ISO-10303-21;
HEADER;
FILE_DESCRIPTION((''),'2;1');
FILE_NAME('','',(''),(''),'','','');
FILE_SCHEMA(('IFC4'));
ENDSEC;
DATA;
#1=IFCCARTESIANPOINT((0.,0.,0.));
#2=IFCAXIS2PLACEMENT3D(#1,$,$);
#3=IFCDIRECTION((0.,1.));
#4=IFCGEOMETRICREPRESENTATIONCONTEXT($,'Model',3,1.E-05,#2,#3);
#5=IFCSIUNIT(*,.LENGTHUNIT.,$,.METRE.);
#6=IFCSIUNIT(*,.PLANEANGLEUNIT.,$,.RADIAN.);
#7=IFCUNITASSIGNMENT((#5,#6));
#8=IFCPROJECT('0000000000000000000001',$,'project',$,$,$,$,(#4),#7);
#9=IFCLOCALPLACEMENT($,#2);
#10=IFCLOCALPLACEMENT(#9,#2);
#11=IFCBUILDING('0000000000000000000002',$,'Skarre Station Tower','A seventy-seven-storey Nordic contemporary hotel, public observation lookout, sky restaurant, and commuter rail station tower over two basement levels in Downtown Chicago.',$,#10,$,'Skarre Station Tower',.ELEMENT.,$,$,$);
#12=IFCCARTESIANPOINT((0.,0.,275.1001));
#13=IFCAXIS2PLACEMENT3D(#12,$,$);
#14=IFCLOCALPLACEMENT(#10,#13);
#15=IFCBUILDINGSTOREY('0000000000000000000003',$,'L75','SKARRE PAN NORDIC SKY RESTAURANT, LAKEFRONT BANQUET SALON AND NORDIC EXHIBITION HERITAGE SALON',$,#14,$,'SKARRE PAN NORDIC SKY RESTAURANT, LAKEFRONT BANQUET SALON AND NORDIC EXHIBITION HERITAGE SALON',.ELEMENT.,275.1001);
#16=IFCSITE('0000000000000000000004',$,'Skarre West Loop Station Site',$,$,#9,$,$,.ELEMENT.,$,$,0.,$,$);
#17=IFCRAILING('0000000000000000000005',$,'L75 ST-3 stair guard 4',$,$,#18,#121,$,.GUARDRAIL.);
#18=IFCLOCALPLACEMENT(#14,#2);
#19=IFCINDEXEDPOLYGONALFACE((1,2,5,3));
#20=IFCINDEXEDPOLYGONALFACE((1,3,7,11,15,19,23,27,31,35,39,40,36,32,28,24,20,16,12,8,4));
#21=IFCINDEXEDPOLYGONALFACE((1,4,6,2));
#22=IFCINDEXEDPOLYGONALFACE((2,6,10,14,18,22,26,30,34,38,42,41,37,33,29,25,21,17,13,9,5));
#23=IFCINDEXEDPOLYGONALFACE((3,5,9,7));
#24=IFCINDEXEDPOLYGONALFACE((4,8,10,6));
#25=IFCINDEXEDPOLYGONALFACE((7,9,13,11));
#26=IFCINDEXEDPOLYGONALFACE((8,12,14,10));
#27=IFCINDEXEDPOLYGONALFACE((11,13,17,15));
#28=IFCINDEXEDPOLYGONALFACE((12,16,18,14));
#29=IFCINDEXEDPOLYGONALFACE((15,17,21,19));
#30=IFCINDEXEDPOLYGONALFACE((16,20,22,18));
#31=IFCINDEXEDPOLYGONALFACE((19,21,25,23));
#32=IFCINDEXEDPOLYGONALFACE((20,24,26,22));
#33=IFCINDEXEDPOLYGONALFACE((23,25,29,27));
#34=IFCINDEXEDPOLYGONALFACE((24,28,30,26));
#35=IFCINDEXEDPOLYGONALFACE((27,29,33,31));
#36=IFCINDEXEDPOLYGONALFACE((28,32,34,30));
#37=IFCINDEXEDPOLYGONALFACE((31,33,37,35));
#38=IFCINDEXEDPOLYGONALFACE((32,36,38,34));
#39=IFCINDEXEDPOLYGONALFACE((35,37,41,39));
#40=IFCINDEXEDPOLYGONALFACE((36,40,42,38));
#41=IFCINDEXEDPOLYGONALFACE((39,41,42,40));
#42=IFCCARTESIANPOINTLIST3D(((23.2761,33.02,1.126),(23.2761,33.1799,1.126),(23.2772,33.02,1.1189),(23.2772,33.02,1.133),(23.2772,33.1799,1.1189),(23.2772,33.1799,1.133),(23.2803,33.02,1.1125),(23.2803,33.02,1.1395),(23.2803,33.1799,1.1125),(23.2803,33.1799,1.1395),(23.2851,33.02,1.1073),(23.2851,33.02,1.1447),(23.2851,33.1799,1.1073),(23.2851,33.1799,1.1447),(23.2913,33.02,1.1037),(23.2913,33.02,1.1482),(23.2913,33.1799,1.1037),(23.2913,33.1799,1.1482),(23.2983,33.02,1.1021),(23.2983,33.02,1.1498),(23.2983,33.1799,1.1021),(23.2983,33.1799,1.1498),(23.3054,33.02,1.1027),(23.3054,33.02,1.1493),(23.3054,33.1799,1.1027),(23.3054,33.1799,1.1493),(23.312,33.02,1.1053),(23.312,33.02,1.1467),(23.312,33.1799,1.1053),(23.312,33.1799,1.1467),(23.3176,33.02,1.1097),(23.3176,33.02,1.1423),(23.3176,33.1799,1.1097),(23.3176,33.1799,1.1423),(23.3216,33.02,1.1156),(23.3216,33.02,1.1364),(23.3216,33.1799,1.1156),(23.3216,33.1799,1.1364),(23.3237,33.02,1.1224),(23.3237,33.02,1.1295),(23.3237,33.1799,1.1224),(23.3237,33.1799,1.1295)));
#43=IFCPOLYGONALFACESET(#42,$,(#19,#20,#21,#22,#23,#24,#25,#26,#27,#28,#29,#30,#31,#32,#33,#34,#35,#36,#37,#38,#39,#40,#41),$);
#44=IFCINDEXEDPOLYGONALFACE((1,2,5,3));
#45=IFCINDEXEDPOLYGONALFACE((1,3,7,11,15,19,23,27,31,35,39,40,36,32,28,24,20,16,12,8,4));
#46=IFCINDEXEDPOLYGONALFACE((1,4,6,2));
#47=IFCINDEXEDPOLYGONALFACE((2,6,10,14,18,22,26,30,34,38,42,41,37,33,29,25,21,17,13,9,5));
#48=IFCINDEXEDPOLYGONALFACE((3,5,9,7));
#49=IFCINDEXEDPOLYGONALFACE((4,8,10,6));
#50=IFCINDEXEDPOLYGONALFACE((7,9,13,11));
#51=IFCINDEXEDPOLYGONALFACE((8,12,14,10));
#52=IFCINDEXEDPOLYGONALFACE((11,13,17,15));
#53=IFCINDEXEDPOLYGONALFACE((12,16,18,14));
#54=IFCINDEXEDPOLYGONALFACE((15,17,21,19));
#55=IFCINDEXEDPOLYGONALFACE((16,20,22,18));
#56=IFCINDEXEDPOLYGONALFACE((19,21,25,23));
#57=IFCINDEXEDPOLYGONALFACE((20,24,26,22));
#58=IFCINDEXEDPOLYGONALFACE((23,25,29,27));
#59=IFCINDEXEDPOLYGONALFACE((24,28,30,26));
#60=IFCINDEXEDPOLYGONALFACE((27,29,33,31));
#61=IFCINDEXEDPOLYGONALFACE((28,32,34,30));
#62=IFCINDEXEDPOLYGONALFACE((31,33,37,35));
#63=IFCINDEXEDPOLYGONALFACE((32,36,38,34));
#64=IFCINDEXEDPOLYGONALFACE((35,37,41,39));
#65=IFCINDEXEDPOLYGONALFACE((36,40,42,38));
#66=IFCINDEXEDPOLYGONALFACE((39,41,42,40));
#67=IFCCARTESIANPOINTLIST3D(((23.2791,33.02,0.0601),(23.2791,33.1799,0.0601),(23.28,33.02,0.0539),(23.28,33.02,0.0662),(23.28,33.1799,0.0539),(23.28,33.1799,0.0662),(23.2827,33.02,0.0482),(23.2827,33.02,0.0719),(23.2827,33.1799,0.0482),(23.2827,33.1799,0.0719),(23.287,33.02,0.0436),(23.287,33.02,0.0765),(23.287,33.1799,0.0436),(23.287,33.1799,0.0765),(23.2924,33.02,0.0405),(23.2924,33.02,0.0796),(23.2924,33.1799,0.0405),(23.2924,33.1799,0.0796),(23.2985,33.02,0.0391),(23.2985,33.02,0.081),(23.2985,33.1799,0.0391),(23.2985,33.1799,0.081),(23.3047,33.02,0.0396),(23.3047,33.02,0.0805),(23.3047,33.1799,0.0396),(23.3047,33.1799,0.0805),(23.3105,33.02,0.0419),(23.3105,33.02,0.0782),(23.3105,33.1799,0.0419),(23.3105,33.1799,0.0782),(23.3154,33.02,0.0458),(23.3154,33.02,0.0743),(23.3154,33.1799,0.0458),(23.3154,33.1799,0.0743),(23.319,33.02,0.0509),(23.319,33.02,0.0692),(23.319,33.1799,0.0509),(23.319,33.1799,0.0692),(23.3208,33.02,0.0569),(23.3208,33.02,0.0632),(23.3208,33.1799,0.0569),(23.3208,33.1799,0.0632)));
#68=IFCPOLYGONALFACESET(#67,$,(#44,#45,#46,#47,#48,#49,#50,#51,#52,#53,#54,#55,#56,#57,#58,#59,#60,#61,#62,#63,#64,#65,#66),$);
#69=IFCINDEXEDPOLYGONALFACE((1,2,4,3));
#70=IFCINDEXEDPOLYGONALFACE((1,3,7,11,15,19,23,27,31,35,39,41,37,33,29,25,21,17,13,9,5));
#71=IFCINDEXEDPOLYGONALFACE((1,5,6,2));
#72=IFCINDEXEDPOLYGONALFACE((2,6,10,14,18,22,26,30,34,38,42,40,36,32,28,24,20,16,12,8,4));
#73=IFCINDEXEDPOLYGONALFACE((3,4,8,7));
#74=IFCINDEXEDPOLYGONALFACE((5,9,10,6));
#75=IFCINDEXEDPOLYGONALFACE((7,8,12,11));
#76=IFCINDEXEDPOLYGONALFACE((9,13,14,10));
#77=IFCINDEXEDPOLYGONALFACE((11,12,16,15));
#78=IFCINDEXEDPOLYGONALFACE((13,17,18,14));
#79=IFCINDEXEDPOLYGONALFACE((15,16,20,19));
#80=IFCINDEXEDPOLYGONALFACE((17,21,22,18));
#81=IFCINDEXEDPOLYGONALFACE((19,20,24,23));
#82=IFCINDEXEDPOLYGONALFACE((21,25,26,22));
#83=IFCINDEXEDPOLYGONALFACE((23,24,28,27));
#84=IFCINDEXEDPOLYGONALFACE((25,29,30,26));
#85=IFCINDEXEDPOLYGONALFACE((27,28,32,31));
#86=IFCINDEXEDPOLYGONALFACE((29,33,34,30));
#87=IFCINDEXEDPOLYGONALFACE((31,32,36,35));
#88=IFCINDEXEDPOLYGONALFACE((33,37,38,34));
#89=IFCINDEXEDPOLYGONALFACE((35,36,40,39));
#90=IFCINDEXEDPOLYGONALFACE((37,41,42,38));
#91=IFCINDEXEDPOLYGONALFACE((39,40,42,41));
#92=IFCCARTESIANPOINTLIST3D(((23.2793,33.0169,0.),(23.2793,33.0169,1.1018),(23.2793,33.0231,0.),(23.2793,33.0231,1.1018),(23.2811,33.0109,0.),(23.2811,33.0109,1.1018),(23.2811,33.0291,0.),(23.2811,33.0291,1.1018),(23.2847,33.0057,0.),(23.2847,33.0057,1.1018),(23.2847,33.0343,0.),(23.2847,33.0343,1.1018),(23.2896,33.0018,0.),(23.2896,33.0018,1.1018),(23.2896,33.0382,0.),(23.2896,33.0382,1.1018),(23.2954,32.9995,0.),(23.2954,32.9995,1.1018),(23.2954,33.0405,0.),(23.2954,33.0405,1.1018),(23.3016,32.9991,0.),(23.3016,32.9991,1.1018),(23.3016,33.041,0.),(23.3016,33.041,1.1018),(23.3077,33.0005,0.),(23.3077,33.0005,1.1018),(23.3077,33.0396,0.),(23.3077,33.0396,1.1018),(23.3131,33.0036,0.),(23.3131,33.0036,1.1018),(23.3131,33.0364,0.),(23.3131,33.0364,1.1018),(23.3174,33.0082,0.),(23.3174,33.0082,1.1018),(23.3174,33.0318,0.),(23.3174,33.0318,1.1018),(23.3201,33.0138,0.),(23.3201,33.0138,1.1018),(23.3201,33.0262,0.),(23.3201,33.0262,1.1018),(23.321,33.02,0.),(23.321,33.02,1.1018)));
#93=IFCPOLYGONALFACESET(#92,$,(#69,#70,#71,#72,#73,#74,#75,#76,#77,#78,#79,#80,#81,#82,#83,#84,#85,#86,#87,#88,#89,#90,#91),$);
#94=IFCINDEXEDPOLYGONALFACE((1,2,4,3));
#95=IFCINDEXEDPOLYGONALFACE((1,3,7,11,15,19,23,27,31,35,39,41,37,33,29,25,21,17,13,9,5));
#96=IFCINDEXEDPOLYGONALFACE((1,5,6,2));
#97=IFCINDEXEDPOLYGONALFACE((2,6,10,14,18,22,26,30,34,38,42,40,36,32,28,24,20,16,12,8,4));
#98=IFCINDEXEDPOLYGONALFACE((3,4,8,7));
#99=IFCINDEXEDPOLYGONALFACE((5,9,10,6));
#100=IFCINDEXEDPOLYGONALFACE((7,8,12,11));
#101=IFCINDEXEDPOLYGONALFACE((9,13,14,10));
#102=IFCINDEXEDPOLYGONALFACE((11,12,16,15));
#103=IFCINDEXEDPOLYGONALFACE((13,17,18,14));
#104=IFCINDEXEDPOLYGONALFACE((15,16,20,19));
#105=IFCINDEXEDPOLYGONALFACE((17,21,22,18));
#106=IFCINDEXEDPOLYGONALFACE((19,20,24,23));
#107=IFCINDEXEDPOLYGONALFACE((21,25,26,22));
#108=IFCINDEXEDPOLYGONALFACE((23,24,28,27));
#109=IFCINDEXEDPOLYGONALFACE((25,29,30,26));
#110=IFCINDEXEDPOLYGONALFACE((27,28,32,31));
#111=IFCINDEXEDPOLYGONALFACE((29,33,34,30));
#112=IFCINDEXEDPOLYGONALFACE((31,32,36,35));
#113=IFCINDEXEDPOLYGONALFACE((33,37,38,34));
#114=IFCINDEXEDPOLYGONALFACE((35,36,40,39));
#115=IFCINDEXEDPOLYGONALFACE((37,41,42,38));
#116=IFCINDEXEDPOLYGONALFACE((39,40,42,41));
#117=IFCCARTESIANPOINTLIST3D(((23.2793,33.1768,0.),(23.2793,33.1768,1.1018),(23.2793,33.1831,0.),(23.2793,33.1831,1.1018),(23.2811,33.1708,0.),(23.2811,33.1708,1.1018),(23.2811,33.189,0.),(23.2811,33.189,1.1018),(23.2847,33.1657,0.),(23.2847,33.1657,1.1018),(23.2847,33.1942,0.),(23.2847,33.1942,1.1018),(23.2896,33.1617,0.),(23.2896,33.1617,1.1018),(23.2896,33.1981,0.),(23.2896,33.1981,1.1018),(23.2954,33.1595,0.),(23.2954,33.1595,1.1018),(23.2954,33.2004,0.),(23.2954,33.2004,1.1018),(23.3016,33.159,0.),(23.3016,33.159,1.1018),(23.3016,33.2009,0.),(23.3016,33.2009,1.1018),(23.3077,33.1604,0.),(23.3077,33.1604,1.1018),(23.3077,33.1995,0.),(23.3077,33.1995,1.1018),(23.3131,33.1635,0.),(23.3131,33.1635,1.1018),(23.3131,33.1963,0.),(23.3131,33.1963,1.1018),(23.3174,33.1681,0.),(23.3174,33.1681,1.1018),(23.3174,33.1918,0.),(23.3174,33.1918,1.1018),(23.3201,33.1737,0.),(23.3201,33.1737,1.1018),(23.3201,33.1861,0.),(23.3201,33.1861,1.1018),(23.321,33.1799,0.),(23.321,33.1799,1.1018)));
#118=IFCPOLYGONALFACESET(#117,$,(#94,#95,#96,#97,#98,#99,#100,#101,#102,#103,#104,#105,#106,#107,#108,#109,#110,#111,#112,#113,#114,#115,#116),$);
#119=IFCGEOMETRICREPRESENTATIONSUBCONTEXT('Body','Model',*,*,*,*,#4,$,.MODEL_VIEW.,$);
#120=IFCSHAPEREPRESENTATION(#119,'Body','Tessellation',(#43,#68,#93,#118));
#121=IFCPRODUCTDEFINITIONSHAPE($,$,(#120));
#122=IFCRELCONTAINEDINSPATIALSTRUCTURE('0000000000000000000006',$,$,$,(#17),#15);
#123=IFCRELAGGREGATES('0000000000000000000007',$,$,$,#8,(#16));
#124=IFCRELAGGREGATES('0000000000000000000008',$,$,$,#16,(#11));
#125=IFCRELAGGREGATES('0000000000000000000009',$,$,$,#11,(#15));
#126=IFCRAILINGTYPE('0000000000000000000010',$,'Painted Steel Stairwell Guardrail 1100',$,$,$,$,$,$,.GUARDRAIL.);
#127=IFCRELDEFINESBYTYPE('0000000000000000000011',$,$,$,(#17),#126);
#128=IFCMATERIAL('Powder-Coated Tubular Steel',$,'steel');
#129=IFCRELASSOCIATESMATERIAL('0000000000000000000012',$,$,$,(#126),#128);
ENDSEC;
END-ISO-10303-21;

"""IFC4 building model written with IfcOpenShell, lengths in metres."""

from ifc_helpers import new_model, si_unit, direction, frame, origin, origin_2d, place, context, subcontext, project, spatial, circle, extrude, material, type_object, element, save


model = new_model("IFC4")

# Units and contexts
model_context = context("Model", 3, precision=1e-05, world=origin(), true_north=direction((0.0, 1.0)))
body_context = subcontext(model_context, "Body", "Model", "MODEL_VIEW")
ifc_project = project(units=[si_unit("LENGTHUNIT", "METRE"), si_unit("PLANEANGLEUNIT", "RADIAN")], contexts=[model_context])

# Site, building, storey
site_placement = place(None, origin())
site = spatial("IfcSite", under=ifc_project, at=site_placement, Name="Skarre West Loop Station Site", CompositionType="ELEMENT", RefElevation=0.0)
building_placement = place(site_placement, origin())
building = spatial("IfcBuilding", under=site, at=building_placement, Name="Skarre Station Tower", Description="A seventy-seven-storey Nordic contemporary hotel, public observation lookout, sky restaurant, and commuter rail station tower over two basement levels in Downtown Chicago.", LongName="Skarre Station Tower", CompositionType="ELEMENT")
storey_placement = place(building_placement, frame((0.0, 0.0, 275.1001)))
storey = spatial("IfcBuildingStorey", under=building, at=storey_placement, Name="L75", Description="SKARRE PAN NORDIC SKY RESTAURANT, LAKEFRONT BANQUET SALON AND NORDIC EXHIBITION HERITAGE SALON", LongName="SKARRE PAN NORDIC SKY RESTAURANT, LAKEFRONT BANQUET SALON AND NORDIC EXHIBITION HERITAGE SALON", CompositionType="ELEMENT", Elevation=275.1001)

# Railing
ifc_material_1 = material(Name="Powder-Coated Tubular Steel", Category="steel")
railing_type_1 = type_object("IfcRailingType", Name="Painted Steel Stairwell Guardrail 1100", PredefinedType="GUARDRAIL", material=ifc_material_1)
railing_1_placement = place(storey_placement, frame((23.3, 33.02, 0.0)))
element("IfcRailing", 1, at=railing_1_placement, inside=storey, type_object=railing_type_1, Name="L75 ST-3 stair guard 4", PredefinedType="GUARDRAIL", context=body_context, shape_type="SweptSolid", body=[
    extrude(circle(Radius=0.0239, at=origin_2d()), frame((0.0, 0.0, 1.126), z_axis=(0.0, 1.0, 0.0), x_axis=(-1.0, 0.0, 0.0)), (0.0, 0.0, 1.0), 0.1599),
    extrude(circle(Radius=0.021, at=origin_2d()), frame((0.0, 0.0, 0.0601), z_axis=(0.0, 1.0, 0.0), x_axis=(-1.0, 0.0, 0.0)), (0.0, 0.0, 1.0), 0.1599),
    extrude(circle(Radius=0.021, at=origin_2d()), origin(), (0.0, 0.0, 1.0), 1.1018),
    extrude(circle(Radius=0.021, at=origin_2d()), frame((0.0, 0.1599, 0.0)), (0.0, 0.0, 1.0), 1.1018),
])

save(model, "model.ifc")
